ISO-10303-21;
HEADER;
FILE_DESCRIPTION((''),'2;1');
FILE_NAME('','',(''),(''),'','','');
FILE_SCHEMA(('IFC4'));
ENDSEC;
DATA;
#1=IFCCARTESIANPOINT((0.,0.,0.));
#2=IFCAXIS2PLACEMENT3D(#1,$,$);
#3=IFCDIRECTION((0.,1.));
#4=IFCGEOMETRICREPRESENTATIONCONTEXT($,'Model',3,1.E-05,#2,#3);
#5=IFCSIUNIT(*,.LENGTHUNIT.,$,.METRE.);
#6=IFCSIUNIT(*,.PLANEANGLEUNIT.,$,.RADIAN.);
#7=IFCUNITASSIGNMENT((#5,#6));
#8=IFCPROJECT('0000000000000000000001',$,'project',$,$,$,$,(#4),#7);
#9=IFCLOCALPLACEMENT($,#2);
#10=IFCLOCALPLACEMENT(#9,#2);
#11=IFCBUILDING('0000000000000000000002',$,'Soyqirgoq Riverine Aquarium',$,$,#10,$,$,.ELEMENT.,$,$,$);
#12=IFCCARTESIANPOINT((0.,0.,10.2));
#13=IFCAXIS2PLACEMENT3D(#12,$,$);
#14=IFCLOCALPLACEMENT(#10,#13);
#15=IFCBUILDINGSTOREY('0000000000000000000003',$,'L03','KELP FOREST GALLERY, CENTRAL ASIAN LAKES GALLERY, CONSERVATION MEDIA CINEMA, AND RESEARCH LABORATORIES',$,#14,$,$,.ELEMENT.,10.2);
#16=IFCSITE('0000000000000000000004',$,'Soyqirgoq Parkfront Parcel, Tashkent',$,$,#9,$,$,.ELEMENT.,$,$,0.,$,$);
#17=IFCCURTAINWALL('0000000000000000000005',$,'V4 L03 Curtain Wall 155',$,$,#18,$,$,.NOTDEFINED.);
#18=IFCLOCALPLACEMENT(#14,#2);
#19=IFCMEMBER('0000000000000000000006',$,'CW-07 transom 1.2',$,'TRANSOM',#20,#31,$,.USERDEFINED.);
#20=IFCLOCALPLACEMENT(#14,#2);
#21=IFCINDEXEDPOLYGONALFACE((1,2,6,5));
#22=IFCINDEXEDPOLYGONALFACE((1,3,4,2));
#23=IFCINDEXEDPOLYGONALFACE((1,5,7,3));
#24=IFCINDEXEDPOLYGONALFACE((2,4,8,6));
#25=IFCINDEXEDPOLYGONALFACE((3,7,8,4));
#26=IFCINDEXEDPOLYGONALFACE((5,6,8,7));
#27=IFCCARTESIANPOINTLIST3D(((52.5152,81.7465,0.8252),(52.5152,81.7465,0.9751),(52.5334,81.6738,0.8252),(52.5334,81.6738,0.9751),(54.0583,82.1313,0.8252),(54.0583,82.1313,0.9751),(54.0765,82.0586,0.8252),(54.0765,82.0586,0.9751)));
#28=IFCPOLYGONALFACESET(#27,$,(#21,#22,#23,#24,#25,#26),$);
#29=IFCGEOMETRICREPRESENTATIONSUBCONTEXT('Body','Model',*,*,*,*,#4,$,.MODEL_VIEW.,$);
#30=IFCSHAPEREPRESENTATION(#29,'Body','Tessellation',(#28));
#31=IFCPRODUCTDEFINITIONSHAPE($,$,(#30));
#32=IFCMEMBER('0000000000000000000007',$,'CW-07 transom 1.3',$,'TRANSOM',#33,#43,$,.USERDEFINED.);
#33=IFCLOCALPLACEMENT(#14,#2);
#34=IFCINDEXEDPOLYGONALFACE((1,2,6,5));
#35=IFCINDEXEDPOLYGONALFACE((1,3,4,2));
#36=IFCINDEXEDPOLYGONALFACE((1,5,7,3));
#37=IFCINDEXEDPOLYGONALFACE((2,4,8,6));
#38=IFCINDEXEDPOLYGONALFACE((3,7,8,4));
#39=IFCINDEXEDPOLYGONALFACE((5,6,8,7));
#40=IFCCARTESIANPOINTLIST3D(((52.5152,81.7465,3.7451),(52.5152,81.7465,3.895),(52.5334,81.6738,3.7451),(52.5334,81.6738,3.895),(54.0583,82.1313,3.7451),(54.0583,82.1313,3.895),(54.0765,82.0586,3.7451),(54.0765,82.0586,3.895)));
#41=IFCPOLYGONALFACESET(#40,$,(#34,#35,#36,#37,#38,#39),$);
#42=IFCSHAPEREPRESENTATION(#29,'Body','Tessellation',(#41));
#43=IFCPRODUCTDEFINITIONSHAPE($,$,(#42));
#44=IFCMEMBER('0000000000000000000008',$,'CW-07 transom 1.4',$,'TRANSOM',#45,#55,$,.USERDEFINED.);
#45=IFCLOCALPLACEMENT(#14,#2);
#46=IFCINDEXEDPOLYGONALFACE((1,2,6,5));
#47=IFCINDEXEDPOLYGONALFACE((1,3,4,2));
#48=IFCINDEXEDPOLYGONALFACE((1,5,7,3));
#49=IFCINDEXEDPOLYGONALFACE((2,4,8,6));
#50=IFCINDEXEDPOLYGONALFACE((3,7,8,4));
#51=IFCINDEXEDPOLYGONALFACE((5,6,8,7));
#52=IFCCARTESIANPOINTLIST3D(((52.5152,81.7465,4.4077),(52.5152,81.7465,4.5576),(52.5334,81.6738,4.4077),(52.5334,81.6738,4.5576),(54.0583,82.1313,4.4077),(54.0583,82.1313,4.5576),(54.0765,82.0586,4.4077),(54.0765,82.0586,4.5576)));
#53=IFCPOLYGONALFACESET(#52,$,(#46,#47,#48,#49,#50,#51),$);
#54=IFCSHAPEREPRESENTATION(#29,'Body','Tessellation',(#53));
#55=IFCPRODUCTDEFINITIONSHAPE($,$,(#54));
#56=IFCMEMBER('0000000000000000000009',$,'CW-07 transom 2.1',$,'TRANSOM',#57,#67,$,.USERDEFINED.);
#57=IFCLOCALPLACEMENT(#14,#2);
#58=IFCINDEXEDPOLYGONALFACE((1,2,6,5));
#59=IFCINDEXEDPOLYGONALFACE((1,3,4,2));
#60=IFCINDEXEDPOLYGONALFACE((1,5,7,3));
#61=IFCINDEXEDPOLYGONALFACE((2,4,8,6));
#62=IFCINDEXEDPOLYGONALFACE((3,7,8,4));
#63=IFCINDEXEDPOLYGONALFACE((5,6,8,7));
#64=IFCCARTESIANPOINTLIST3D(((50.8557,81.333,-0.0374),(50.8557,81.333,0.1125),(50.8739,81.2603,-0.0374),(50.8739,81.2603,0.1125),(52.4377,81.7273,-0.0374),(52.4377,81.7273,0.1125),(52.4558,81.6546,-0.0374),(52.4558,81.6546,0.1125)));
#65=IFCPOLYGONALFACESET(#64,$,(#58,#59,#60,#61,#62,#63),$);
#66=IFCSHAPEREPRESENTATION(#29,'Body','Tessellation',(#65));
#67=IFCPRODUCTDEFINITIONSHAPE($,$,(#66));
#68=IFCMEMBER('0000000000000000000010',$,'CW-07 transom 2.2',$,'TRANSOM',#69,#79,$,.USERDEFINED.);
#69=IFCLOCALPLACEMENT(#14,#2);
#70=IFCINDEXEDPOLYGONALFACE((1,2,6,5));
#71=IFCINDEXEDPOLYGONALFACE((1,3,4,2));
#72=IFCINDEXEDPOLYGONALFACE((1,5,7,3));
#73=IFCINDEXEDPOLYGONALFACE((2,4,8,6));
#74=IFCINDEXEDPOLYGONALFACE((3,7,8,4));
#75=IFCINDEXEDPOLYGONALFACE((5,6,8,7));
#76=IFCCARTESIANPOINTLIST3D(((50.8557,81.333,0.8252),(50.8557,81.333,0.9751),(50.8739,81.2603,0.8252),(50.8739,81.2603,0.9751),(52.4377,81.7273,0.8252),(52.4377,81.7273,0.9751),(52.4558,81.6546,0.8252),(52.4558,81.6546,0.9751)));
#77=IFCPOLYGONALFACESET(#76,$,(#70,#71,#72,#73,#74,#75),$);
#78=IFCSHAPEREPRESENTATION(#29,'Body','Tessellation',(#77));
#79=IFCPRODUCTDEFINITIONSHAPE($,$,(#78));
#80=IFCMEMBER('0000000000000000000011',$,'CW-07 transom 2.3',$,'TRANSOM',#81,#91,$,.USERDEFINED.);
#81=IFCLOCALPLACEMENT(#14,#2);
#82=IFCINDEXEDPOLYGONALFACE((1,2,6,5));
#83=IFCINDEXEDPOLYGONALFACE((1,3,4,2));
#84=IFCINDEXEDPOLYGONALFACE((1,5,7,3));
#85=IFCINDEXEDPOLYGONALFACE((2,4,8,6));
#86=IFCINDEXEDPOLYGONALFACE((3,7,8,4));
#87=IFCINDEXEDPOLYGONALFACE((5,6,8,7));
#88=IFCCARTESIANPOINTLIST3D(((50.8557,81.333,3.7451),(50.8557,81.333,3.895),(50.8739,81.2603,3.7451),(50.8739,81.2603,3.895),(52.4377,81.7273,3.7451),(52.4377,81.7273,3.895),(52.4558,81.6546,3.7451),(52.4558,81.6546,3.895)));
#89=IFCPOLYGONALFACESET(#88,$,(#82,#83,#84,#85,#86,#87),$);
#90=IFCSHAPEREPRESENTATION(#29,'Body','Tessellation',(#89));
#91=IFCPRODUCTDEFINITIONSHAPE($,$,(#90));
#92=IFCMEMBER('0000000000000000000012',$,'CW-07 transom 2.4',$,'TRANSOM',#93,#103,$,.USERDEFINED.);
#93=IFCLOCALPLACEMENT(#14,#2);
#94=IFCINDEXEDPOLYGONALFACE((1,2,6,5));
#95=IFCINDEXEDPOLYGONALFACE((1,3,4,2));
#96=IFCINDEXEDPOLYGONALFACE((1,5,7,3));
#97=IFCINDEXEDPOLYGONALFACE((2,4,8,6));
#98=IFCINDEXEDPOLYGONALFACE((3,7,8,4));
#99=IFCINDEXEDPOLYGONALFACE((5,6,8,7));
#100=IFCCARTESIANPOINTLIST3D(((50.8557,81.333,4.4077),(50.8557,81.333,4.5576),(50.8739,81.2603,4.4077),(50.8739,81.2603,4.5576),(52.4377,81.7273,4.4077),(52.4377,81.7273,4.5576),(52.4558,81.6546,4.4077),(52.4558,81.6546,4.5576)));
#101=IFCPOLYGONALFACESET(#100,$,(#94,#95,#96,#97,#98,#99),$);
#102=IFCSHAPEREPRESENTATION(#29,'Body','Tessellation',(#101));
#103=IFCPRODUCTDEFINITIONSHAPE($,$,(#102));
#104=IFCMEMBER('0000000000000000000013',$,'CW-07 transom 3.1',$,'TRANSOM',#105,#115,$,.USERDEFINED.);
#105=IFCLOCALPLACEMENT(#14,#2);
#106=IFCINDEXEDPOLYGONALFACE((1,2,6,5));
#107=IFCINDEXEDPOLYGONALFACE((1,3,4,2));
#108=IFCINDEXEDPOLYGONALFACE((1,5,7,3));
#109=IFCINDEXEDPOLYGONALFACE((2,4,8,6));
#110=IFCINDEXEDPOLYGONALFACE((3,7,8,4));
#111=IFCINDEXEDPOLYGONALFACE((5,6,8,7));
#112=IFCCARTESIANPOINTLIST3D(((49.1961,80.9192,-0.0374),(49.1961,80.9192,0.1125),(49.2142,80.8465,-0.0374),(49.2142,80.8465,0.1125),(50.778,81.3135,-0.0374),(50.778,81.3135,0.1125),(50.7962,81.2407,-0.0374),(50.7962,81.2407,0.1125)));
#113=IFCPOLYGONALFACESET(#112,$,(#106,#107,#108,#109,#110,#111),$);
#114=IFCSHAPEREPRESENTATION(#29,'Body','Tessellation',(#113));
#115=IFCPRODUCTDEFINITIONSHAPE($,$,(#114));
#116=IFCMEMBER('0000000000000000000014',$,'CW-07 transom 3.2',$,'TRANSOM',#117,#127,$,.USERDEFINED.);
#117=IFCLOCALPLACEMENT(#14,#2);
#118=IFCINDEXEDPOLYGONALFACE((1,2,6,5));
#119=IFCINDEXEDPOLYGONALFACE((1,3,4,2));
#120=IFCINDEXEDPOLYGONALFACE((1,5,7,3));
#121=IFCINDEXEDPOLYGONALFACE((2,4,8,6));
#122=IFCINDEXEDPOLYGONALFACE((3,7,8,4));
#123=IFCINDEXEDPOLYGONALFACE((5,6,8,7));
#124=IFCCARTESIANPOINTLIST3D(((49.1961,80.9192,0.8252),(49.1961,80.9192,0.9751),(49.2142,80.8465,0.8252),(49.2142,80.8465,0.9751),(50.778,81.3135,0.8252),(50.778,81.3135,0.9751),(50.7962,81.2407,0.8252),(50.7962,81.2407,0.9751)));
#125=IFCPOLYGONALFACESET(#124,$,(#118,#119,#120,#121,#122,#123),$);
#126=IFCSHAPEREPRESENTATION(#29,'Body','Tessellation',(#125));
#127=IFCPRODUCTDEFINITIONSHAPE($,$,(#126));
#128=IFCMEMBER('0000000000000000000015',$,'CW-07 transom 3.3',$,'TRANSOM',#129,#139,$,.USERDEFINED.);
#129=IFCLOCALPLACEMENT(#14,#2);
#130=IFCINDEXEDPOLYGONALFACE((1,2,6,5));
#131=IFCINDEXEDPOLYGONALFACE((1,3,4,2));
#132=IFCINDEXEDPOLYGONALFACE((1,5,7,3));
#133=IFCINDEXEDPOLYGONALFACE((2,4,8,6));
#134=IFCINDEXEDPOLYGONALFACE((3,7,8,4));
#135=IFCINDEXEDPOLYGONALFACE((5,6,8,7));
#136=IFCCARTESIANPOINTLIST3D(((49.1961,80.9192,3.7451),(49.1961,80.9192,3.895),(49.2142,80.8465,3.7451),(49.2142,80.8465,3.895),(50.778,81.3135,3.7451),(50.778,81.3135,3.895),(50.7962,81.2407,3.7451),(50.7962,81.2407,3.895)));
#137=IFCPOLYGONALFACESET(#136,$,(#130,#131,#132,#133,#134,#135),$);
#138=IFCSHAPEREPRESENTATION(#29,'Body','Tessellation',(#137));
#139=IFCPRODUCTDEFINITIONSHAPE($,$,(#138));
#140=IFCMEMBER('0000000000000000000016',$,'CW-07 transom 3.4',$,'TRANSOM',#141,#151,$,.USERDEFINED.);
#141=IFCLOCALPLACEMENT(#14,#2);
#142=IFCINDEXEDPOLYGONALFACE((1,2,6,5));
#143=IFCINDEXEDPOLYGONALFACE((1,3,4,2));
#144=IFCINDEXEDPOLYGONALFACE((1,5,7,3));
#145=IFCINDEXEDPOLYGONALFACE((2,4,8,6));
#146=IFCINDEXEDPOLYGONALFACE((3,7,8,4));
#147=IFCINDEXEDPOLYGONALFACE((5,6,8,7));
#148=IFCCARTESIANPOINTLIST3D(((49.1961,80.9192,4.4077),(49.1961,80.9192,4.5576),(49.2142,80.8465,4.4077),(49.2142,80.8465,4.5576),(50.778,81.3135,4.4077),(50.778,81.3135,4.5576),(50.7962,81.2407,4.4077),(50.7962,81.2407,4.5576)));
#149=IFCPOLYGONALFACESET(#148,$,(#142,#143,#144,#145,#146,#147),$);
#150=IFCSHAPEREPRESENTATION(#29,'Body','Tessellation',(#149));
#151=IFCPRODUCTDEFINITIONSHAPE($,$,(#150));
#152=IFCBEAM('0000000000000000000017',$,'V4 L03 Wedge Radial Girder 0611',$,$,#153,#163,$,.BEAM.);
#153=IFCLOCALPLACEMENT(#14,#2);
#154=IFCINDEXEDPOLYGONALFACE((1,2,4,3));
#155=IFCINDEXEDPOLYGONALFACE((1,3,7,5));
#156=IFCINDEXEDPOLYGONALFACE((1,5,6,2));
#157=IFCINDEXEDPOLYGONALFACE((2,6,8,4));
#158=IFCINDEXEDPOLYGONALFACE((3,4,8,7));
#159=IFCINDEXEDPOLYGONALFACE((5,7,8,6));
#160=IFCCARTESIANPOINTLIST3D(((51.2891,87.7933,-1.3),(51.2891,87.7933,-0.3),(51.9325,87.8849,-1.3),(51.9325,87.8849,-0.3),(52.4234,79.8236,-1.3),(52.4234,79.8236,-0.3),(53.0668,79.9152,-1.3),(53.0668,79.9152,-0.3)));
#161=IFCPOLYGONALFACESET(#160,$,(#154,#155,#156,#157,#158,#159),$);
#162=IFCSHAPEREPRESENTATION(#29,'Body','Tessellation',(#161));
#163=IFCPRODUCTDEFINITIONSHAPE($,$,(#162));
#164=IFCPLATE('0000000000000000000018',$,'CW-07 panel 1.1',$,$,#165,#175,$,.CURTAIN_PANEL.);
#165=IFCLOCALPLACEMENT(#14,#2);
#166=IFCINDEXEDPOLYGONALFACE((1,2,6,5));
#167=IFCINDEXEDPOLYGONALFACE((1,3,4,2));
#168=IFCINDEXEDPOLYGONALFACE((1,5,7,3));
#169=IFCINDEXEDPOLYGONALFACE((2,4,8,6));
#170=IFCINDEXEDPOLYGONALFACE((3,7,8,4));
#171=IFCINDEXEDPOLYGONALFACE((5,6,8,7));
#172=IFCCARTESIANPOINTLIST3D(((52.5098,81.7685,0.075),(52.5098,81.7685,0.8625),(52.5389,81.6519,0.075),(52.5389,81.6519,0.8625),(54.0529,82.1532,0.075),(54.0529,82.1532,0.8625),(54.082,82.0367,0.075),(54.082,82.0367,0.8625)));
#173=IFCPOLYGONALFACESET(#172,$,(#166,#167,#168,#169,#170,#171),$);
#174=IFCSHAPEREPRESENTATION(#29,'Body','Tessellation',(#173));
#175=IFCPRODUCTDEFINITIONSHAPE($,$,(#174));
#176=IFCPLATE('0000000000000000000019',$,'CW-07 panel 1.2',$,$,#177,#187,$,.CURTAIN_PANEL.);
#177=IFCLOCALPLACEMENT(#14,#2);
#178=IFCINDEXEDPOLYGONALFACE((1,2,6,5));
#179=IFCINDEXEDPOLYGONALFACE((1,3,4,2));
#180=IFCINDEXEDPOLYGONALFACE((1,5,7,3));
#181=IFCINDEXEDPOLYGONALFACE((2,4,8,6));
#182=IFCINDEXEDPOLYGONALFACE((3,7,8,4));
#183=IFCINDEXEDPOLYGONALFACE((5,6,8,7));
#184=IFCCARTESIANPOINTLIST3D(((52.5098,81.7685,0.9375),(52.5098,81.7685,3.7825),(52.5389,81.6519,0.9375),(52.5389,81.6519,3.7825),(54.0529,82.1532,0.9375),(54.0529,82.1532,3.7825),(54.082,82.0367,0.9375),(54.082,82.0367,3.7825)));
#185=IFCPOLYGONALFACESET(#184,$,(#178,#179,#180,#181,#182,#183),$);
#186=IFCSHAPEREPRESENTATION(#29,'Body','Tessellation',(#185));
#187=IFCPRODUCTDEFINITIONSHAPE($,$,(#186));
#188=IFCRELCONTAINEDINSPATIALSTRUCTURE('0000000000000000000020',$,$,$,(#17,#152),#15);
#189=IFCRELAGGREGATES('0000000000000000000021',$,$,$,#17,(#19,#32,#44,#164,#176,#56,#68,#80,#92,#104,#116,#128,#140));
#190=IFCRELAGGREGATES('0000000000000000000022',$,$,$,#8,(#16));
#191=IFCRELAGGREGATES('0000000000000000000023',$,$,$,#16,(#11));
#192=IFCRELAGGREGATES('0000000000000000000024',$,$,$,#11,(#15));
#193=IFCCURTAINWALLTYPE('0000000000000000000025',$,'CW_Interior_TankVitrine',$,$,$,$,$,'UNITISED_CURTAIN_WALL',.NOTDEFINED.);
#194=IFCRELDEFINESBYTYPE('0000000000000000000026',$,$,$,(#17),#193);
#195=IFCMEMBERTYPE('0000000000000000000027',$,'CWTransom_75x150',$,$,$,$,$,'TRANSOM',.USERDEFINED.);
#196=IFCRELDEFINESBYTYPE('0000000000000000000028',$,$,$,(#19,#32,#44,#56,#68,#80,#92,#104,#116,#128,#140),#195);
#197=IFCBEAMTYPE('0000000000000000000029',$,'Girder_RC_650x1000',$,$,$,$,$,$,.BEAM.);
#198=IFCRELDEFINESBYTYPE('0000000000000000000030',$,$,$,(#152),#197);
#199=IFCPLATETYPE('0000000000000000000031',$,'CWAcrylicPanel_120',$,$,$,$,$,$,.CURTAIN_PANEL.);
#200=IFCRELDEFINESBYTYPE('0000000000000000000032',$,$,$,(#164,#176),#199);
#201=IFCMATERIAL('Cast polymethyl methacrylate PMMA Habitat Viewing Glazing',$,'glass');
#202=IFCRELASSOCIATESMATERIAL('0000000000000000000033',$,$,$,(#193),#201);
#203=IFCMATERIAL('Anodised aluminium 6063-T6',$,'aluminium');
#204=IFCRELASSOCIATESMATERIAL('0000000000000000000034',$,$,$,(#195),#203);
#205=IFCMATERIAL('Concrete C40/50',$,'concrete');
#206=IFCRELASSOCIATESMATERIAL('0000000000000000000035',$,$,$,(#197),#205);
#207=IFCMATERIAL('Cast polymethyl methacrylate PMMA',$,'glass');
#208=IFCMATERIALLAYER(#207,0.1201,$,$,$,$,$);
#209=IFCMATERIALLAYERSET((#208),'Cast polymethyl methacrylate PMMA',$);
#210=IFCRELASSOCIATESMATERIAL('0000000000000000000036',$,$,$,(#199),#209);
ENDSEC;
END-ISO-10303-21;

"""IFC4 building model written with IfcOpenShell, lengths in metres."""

from ifc_helpers import new_model, si_unit, direction, frame, origin, origin_2d, place, context, subcontext, project, spatial, rectangle, extrude, material, layer, layer_set, material_profile, profile_set, type_object, element, aggregate, save


model = new_model("IFC4")

# Units and contexts
model_context = context("Model", 3, precision=1e-05, world=origin(), true_north=direction((0.0, 1.0)))
body_context = subcontext(model_context, "Body", "Model", "MODEL_VIEW")
ifc_project = project(units=[si_unit("LENGTHUNIT", "METRE"), si_unit("PLANEANGLEUNIT", "RADIAN")], contexts=[model_context])

# Site, building, storey
site_placement = place(None, origin())
site = spatial("IfcSite", under=ifc_project, at=site_placement, Name="Soyqirgoq Parkfront Parcel, Tashkent", CompositionType="ELEMENT", RefElevation=0.0)
building_placement = place(site_placement, origin())
building = spatial("IfcBuilding", under=site, at=building_placement, Name="Soyqirgoq Riverine Aquarium", CompositionType="ELEMENT")
storey_placement = place(building_placement, frame((0.0, 0.0, 10.2)))
storey = spatial("IfcBuildingStorey", under=building, at=storey_placement, Name="L03", Description="KELP FOREST GALLERY, CENTRAL ASIAN LAKES GALLERY, CONSERVATION MEDIA CINEMA, AND RESEARCH LABORATORIES", CompositionType="ELEMENT", Elevation=10.2)

# Curtain wall, members
ifc_material_1 = material(Name="Cast polymethyl methacrylate PMMA Habitat Viewing Glazing", Category="glass")
curtain_wall_type = type_object("IfcCurtainWallType", Name="CW_Interior_TankVitrine", ElementType="UNITISED_CURTAIN_WALL", PredefinedType="NOTDEFINED", material=ifc_material_1)
curtain_wall_placement = place(storey_placement, origin())
curtain_wall = element("IfcCurtainWall", 1, at=curtain_wall_placement, inside=storey, type_object=curtain_wall_type, Name="V4 L03 Curtain Wall 155", PredefinedType="NOTDEFINED")
ifc_material_2 = material(Name="Anodised aluminium 6063-T6", Category="aluminium")
ifc_material_profile_1 = material_profile(ifc_material_2, rectangle(XDim=0.075, YDim=0.1499, at=origin_2d()), Name="ALU-T 75x150")
ifc_profile_set_1 = profile_set([ifc_material_profile_1], Name="Anodised aluminium 6063-T6")
member_type_1 = type_object("IfcMemberType", Name="CWTransom_75x150", ElementType="TRANSOM", PredefinedType="USERDEFINED", material=ifc_profile_set_1)
member_1_placement = place(storey_placement, frame((54.0674, 82.095, 0.9001), z_axis=(-0.970287, -0.241958, 0.0), x_axis=(0.241958, -0.970287, 0.0)))
member_1 = element("IfcMember", 2, at=member_1_placement, type_object=member_type_1, Name="CW-07 transom 1.2", ObjectType="TRANSOM", PredefinedType="USERDEFINED", context=body_context, shape_type="SweptSolid", body=[
    extrude(rectangle(XDim=0.075, YDim=0.1499, at=origin_2d()), origin(), (0.0, 0.0, 1.0), 1.5903),
])
member_2_placement = place(storey_placement, frame((54.0674, 82.095, 3.8201), z_axis=(-0.970287, -0.241958, 0.0), x_axis=(0.241958, -0.970287, 0.0)))
member_2 = element("IfcMember", 3, at=member_2_placement, type_object=member_type_1, Name="CW-07 transom 1.3", ObjectType="TRANSOM", PredefinedType="USERDEFINED", context=body_context, shape_type="SweptSolid", body=[
    extrude(rectangle(XDim=0.075, YDim=0.1499, at=origin_2d()), origin(), (0.0, 0.0, 1.0), 1.5903),
])
member_3_placement = place(storey_placement, frame((54.0674, 82.095, 4.4827), z_axis=(-0.970287, -0.241958, 0.0), x_axis=(0.241958, -0.970287, 0.0)))
member_3 = element("IfcMember", 4, at=member_3_placement, type_object=member_type_1, Name="CW-07 transom 1.4", ObjectType="TRANSOM", PredefinedType="USERDEFINED", context=body_context, shape_type="SweptSolid", body=[
    extrude(rectangle(XDim=0.075, YDim=0.1499, at=origin_2d()), origin(), (0.0, 0.0, 1.0), 1.5903),
])
member_4_placement = place(storey_placement, frame((52.4468, 81.6909, 0.0376), z_axis=(-0.970318, -0.241831, 0.0), x_axis=(0.241831, -0.970318, 0.0)))
member_4 = element("IfcMember", 5, at=member_4_placement, type_object=member_type_1, Name="CW-07 transom 2.1", ObjectType="TRANSOM", PredefinedType="USERDEFINED", context=body_context, shape_type="SweptSolid", body=[
    extrude(rectangle(XDim=0.075, YDim=0.1499, at=origin_2d()), origin(), (0.0, 0.0, 1.0), 1.6304),
])
member_5_placement = place(storey_placement, frame((52.4468, 81.6909, 0.9001), z_axis=(-0.970318, -0.241831, 0.0), x_axis=(0.241831, -0.970318, 0.0)))
member_5 = element("IfcMember", 6, at=member_5_placement, type_object=member_type_1, Name="CW-07 transom 2.2", ObjectType="TRANSOM", PredefinedType="USERDEFINED", context=body_context, shape_type="SweptSolid", body=[
    extrude(rectangle(XDim=0.075, YDim=0.1499, at=origin_2d()), origin(), (0.0, 0.0, 1.0), 1.6304),
])
member_6_placement = place(storey_placement, frame((52.4468, 81.6909, 3.8201), z_axis=(-0.970318, -0.241831, 0.0), x_axis=(0.241831, -0.970318, 0.0)))
member_6 = element("IfcMember", 7, at=member_6_placement, type_object=member_type_1, Name="CW-07 transom 2.3", ObjectType="TRANSOM", PredefinedType="USERDEFINED", context=body_context, shape_type="SweptSolid", body=[
    extrude(rectangle(XDim=0.075, YDim=0.1499, at=origin_2d()), origin(), (0.0, 0.0, 1.0), 1.6304),
])
member_7_placement = place(storey_placement, frame((52.4468, 81.6909, 4.4827), z_axis=(-0.970318, -0.241831, 0.0), x_axis=(0.241831, -0.970318, 0.0)))
member_7 = element("IfcMember", 8, at=member_7_placement, type_object=member_type_1, Name="CW-07 transom 2.4", ObjectType="TRANSOM", PredefinedType="USERDEFINED", context=body_context, shape_type="SweptSolid", body=[
    extrude(rectangle(XDim=0.075, YDim=0.1499, at=origin_2d()), origin(), (0.0, 0.0, 1.0), 1.6304),
])
member_8_placement = place(storey_placement, frame((50.7871, 81.2771, 0.0376), z_axis=(-0.970318, -0.241831, 0.0), x_axis=(0.241831, -0.970318, 0.0)))
member_8 = element("IfcMember", 9, at=member_8_placement, type_object=member_type_1, Name="CW-07 transom 3.1", ObjectType="TRANSOM", PredefinedType="USERDEFINED", context=body_context, shape_type="SweptSolid", body=[
    extrude(rectangle(XDim=0.075, YDim=0.1499, at=origin_2d()), origin(), (0.0, 0.0, 1.0), 1.6304),
])
member_9_placement = place(storey_placement, frame((50.7871, 81.2771, 0.9001), z_axis=(-0.970318, -0.241831, 0.0), x_axis=(0.241831, -0.970318, 0.0)))
member_9 = element("IfcMember", 10, at=member_9_placement, type_object=member_type_1, Name="CW-07 transom 3.2", ObjectType="TRANSOM", PredefinedType="USERDEFINED", context=body_context, shape_type="SweptSolid", body=[
    extrude(rectangle(XDim=0.075, YDim=0.1499, at=origin_2d()), origin(), (0.0, 0.0, 1.0), 1.6304),
])
member_10_placement = place(storey_placement, frame((50.7871, 81.2771, 3.8201), z_axis=(-0.970318, -0.241831, 0.0), x_axis=(0.241831, -0.970318, 0.0)))
member_10 = element("IfcMember", 11, at=member_10_placement, type_object=member_type_1, Name="CW-07 transom 3.3", ObjectType="TRANSOM", PredefinedType="USERDEFINED", context=body_context, shape_type="SweptSolid", body=[
    extrude(rectangle(XDim=0.075, YDim=0.1499, at=origin_2d()), origin(), (0.0, 0.0, 1.0), 1.6304),
])
member_11_placement = place(storey_placement, frame((50.7871, 81.2771, 4.4827), z_axis=(-0.970318, -0.241831, 0.0), x_axis=(0.241831, -0.970318, 0.0)))
member_11 = element("IfcMember", 12, at=member_11_placement, type_object=member_type_1, Name="CW-07 transom 3.4", ObjectType="TRANSOM", PredefinedType="USERDEFINED", context=body_context, shape_type="SweptSolid", body=[
    extrude(rectangle(XDim=0.075, YDim=0.1499, at=origin_2d()), origin(), (0.0, 0.0, 1.0), 1.6304),
])

# Beam
ifc_material_3 = material(Name="Concrete C40/50", Category="concrete")
ifc_material_profile_2 = material_profile(ifc_material_3, rectangle(XDim=0.6499, YDim=1.0, at=origin_2d()), Name="RC 650x1000")
ifc_profile_set_2 = profile_set([ifc_material_profile_2], Name="Concrete C40/50")
beam_type_1 = type_object("IfcBeamType", Name="Girder_RC_650x1000", PredefinedType="BEAM", material=ifc_profile_set_2)
beam_1_placement = place(storey_placement, frame((52.7451, 79.8694, -0.8), z_axis=(-0.140903, 0.990023, 0.0), x_axis=(-0.990023, -0.140903, 0.0)))
element("IfcBeam", 13, at=beam_1_placement, inside=storey, type_object=beam_type_1, Name="V4 L03 Wedge Radial Girder 0611", PredefinedType="BEAM", context=body_context, shape_type="SweptSolid", body=[
    extrude(rectangle(XDim=0.6499, YDim=1.0, at=origin_2d()), origin(), (0.0, 0.0, 1.0), 8.05),
])

# Plates
ifc_material_4 = material(Name="Cast polymethyl methacrylate PMMA", Category="glass")
ifc_layer_1 = layer(ifc_material_4, 0.1201)
ifc_layer_set_1 = layer_set([ifc_layer_1], Name="Cast polymethyl methacrylate PMMA")
plate_type = type_object("IfcPlateType", Name="CWAcrylicPanel_120", PredefinedType="CURTAIN_PANEL", material=ifc_layer_set_1)
plate_1_placement = place(storey_placement, frame((53.2959, 81.9026, 0.075), z_axis=(0.0, 0.0, 1.0), x_axis=(-0.970296, -0.241922, 0.0)))
plate_1 = element("IfcPlate", 14, at=plate_1_placement, type_object=plate_type, Name="CW-07 panel 1.1", PredefinedType="CURTAIN_PANEL", context=body_context, shape_type="SweptSolid", body=[
    extrude(rectangle(XDim=1.5903, YDim=0.1201, at=origin_2d()), origin(), (0.0, 0.0, 1.0), 0.7876),
])
plate_2_placement = place(storey_placement, frame((53.2959, 81.9026, 0.9375), z_axis=(0.0, 0.0, 1.0), x_axis=(-0.970296, -0.241922, 0.0)))
plate_2 = element("IfcPlate", 15, at=plate_2_placement, type_object=plate_type, Name="CW-07 panel 1.2", PredefinedType="CURTAIN_PANEL", context=body_context, shape_type="SweptSolid", body=[
    extrude(rectangle(XDim=1.5903, YDim=0.1201, at=origin_2d()), origin(), (0.0, 0.0, 1.0), 2.845),
])
aggregate(curtain_wall, [member_1, member_2, member_3, plate_1, plate_2, member_4, member_5, member_6, member_7, member_8, member_9, member_10, member_11])

save(model, "model.ifc")
